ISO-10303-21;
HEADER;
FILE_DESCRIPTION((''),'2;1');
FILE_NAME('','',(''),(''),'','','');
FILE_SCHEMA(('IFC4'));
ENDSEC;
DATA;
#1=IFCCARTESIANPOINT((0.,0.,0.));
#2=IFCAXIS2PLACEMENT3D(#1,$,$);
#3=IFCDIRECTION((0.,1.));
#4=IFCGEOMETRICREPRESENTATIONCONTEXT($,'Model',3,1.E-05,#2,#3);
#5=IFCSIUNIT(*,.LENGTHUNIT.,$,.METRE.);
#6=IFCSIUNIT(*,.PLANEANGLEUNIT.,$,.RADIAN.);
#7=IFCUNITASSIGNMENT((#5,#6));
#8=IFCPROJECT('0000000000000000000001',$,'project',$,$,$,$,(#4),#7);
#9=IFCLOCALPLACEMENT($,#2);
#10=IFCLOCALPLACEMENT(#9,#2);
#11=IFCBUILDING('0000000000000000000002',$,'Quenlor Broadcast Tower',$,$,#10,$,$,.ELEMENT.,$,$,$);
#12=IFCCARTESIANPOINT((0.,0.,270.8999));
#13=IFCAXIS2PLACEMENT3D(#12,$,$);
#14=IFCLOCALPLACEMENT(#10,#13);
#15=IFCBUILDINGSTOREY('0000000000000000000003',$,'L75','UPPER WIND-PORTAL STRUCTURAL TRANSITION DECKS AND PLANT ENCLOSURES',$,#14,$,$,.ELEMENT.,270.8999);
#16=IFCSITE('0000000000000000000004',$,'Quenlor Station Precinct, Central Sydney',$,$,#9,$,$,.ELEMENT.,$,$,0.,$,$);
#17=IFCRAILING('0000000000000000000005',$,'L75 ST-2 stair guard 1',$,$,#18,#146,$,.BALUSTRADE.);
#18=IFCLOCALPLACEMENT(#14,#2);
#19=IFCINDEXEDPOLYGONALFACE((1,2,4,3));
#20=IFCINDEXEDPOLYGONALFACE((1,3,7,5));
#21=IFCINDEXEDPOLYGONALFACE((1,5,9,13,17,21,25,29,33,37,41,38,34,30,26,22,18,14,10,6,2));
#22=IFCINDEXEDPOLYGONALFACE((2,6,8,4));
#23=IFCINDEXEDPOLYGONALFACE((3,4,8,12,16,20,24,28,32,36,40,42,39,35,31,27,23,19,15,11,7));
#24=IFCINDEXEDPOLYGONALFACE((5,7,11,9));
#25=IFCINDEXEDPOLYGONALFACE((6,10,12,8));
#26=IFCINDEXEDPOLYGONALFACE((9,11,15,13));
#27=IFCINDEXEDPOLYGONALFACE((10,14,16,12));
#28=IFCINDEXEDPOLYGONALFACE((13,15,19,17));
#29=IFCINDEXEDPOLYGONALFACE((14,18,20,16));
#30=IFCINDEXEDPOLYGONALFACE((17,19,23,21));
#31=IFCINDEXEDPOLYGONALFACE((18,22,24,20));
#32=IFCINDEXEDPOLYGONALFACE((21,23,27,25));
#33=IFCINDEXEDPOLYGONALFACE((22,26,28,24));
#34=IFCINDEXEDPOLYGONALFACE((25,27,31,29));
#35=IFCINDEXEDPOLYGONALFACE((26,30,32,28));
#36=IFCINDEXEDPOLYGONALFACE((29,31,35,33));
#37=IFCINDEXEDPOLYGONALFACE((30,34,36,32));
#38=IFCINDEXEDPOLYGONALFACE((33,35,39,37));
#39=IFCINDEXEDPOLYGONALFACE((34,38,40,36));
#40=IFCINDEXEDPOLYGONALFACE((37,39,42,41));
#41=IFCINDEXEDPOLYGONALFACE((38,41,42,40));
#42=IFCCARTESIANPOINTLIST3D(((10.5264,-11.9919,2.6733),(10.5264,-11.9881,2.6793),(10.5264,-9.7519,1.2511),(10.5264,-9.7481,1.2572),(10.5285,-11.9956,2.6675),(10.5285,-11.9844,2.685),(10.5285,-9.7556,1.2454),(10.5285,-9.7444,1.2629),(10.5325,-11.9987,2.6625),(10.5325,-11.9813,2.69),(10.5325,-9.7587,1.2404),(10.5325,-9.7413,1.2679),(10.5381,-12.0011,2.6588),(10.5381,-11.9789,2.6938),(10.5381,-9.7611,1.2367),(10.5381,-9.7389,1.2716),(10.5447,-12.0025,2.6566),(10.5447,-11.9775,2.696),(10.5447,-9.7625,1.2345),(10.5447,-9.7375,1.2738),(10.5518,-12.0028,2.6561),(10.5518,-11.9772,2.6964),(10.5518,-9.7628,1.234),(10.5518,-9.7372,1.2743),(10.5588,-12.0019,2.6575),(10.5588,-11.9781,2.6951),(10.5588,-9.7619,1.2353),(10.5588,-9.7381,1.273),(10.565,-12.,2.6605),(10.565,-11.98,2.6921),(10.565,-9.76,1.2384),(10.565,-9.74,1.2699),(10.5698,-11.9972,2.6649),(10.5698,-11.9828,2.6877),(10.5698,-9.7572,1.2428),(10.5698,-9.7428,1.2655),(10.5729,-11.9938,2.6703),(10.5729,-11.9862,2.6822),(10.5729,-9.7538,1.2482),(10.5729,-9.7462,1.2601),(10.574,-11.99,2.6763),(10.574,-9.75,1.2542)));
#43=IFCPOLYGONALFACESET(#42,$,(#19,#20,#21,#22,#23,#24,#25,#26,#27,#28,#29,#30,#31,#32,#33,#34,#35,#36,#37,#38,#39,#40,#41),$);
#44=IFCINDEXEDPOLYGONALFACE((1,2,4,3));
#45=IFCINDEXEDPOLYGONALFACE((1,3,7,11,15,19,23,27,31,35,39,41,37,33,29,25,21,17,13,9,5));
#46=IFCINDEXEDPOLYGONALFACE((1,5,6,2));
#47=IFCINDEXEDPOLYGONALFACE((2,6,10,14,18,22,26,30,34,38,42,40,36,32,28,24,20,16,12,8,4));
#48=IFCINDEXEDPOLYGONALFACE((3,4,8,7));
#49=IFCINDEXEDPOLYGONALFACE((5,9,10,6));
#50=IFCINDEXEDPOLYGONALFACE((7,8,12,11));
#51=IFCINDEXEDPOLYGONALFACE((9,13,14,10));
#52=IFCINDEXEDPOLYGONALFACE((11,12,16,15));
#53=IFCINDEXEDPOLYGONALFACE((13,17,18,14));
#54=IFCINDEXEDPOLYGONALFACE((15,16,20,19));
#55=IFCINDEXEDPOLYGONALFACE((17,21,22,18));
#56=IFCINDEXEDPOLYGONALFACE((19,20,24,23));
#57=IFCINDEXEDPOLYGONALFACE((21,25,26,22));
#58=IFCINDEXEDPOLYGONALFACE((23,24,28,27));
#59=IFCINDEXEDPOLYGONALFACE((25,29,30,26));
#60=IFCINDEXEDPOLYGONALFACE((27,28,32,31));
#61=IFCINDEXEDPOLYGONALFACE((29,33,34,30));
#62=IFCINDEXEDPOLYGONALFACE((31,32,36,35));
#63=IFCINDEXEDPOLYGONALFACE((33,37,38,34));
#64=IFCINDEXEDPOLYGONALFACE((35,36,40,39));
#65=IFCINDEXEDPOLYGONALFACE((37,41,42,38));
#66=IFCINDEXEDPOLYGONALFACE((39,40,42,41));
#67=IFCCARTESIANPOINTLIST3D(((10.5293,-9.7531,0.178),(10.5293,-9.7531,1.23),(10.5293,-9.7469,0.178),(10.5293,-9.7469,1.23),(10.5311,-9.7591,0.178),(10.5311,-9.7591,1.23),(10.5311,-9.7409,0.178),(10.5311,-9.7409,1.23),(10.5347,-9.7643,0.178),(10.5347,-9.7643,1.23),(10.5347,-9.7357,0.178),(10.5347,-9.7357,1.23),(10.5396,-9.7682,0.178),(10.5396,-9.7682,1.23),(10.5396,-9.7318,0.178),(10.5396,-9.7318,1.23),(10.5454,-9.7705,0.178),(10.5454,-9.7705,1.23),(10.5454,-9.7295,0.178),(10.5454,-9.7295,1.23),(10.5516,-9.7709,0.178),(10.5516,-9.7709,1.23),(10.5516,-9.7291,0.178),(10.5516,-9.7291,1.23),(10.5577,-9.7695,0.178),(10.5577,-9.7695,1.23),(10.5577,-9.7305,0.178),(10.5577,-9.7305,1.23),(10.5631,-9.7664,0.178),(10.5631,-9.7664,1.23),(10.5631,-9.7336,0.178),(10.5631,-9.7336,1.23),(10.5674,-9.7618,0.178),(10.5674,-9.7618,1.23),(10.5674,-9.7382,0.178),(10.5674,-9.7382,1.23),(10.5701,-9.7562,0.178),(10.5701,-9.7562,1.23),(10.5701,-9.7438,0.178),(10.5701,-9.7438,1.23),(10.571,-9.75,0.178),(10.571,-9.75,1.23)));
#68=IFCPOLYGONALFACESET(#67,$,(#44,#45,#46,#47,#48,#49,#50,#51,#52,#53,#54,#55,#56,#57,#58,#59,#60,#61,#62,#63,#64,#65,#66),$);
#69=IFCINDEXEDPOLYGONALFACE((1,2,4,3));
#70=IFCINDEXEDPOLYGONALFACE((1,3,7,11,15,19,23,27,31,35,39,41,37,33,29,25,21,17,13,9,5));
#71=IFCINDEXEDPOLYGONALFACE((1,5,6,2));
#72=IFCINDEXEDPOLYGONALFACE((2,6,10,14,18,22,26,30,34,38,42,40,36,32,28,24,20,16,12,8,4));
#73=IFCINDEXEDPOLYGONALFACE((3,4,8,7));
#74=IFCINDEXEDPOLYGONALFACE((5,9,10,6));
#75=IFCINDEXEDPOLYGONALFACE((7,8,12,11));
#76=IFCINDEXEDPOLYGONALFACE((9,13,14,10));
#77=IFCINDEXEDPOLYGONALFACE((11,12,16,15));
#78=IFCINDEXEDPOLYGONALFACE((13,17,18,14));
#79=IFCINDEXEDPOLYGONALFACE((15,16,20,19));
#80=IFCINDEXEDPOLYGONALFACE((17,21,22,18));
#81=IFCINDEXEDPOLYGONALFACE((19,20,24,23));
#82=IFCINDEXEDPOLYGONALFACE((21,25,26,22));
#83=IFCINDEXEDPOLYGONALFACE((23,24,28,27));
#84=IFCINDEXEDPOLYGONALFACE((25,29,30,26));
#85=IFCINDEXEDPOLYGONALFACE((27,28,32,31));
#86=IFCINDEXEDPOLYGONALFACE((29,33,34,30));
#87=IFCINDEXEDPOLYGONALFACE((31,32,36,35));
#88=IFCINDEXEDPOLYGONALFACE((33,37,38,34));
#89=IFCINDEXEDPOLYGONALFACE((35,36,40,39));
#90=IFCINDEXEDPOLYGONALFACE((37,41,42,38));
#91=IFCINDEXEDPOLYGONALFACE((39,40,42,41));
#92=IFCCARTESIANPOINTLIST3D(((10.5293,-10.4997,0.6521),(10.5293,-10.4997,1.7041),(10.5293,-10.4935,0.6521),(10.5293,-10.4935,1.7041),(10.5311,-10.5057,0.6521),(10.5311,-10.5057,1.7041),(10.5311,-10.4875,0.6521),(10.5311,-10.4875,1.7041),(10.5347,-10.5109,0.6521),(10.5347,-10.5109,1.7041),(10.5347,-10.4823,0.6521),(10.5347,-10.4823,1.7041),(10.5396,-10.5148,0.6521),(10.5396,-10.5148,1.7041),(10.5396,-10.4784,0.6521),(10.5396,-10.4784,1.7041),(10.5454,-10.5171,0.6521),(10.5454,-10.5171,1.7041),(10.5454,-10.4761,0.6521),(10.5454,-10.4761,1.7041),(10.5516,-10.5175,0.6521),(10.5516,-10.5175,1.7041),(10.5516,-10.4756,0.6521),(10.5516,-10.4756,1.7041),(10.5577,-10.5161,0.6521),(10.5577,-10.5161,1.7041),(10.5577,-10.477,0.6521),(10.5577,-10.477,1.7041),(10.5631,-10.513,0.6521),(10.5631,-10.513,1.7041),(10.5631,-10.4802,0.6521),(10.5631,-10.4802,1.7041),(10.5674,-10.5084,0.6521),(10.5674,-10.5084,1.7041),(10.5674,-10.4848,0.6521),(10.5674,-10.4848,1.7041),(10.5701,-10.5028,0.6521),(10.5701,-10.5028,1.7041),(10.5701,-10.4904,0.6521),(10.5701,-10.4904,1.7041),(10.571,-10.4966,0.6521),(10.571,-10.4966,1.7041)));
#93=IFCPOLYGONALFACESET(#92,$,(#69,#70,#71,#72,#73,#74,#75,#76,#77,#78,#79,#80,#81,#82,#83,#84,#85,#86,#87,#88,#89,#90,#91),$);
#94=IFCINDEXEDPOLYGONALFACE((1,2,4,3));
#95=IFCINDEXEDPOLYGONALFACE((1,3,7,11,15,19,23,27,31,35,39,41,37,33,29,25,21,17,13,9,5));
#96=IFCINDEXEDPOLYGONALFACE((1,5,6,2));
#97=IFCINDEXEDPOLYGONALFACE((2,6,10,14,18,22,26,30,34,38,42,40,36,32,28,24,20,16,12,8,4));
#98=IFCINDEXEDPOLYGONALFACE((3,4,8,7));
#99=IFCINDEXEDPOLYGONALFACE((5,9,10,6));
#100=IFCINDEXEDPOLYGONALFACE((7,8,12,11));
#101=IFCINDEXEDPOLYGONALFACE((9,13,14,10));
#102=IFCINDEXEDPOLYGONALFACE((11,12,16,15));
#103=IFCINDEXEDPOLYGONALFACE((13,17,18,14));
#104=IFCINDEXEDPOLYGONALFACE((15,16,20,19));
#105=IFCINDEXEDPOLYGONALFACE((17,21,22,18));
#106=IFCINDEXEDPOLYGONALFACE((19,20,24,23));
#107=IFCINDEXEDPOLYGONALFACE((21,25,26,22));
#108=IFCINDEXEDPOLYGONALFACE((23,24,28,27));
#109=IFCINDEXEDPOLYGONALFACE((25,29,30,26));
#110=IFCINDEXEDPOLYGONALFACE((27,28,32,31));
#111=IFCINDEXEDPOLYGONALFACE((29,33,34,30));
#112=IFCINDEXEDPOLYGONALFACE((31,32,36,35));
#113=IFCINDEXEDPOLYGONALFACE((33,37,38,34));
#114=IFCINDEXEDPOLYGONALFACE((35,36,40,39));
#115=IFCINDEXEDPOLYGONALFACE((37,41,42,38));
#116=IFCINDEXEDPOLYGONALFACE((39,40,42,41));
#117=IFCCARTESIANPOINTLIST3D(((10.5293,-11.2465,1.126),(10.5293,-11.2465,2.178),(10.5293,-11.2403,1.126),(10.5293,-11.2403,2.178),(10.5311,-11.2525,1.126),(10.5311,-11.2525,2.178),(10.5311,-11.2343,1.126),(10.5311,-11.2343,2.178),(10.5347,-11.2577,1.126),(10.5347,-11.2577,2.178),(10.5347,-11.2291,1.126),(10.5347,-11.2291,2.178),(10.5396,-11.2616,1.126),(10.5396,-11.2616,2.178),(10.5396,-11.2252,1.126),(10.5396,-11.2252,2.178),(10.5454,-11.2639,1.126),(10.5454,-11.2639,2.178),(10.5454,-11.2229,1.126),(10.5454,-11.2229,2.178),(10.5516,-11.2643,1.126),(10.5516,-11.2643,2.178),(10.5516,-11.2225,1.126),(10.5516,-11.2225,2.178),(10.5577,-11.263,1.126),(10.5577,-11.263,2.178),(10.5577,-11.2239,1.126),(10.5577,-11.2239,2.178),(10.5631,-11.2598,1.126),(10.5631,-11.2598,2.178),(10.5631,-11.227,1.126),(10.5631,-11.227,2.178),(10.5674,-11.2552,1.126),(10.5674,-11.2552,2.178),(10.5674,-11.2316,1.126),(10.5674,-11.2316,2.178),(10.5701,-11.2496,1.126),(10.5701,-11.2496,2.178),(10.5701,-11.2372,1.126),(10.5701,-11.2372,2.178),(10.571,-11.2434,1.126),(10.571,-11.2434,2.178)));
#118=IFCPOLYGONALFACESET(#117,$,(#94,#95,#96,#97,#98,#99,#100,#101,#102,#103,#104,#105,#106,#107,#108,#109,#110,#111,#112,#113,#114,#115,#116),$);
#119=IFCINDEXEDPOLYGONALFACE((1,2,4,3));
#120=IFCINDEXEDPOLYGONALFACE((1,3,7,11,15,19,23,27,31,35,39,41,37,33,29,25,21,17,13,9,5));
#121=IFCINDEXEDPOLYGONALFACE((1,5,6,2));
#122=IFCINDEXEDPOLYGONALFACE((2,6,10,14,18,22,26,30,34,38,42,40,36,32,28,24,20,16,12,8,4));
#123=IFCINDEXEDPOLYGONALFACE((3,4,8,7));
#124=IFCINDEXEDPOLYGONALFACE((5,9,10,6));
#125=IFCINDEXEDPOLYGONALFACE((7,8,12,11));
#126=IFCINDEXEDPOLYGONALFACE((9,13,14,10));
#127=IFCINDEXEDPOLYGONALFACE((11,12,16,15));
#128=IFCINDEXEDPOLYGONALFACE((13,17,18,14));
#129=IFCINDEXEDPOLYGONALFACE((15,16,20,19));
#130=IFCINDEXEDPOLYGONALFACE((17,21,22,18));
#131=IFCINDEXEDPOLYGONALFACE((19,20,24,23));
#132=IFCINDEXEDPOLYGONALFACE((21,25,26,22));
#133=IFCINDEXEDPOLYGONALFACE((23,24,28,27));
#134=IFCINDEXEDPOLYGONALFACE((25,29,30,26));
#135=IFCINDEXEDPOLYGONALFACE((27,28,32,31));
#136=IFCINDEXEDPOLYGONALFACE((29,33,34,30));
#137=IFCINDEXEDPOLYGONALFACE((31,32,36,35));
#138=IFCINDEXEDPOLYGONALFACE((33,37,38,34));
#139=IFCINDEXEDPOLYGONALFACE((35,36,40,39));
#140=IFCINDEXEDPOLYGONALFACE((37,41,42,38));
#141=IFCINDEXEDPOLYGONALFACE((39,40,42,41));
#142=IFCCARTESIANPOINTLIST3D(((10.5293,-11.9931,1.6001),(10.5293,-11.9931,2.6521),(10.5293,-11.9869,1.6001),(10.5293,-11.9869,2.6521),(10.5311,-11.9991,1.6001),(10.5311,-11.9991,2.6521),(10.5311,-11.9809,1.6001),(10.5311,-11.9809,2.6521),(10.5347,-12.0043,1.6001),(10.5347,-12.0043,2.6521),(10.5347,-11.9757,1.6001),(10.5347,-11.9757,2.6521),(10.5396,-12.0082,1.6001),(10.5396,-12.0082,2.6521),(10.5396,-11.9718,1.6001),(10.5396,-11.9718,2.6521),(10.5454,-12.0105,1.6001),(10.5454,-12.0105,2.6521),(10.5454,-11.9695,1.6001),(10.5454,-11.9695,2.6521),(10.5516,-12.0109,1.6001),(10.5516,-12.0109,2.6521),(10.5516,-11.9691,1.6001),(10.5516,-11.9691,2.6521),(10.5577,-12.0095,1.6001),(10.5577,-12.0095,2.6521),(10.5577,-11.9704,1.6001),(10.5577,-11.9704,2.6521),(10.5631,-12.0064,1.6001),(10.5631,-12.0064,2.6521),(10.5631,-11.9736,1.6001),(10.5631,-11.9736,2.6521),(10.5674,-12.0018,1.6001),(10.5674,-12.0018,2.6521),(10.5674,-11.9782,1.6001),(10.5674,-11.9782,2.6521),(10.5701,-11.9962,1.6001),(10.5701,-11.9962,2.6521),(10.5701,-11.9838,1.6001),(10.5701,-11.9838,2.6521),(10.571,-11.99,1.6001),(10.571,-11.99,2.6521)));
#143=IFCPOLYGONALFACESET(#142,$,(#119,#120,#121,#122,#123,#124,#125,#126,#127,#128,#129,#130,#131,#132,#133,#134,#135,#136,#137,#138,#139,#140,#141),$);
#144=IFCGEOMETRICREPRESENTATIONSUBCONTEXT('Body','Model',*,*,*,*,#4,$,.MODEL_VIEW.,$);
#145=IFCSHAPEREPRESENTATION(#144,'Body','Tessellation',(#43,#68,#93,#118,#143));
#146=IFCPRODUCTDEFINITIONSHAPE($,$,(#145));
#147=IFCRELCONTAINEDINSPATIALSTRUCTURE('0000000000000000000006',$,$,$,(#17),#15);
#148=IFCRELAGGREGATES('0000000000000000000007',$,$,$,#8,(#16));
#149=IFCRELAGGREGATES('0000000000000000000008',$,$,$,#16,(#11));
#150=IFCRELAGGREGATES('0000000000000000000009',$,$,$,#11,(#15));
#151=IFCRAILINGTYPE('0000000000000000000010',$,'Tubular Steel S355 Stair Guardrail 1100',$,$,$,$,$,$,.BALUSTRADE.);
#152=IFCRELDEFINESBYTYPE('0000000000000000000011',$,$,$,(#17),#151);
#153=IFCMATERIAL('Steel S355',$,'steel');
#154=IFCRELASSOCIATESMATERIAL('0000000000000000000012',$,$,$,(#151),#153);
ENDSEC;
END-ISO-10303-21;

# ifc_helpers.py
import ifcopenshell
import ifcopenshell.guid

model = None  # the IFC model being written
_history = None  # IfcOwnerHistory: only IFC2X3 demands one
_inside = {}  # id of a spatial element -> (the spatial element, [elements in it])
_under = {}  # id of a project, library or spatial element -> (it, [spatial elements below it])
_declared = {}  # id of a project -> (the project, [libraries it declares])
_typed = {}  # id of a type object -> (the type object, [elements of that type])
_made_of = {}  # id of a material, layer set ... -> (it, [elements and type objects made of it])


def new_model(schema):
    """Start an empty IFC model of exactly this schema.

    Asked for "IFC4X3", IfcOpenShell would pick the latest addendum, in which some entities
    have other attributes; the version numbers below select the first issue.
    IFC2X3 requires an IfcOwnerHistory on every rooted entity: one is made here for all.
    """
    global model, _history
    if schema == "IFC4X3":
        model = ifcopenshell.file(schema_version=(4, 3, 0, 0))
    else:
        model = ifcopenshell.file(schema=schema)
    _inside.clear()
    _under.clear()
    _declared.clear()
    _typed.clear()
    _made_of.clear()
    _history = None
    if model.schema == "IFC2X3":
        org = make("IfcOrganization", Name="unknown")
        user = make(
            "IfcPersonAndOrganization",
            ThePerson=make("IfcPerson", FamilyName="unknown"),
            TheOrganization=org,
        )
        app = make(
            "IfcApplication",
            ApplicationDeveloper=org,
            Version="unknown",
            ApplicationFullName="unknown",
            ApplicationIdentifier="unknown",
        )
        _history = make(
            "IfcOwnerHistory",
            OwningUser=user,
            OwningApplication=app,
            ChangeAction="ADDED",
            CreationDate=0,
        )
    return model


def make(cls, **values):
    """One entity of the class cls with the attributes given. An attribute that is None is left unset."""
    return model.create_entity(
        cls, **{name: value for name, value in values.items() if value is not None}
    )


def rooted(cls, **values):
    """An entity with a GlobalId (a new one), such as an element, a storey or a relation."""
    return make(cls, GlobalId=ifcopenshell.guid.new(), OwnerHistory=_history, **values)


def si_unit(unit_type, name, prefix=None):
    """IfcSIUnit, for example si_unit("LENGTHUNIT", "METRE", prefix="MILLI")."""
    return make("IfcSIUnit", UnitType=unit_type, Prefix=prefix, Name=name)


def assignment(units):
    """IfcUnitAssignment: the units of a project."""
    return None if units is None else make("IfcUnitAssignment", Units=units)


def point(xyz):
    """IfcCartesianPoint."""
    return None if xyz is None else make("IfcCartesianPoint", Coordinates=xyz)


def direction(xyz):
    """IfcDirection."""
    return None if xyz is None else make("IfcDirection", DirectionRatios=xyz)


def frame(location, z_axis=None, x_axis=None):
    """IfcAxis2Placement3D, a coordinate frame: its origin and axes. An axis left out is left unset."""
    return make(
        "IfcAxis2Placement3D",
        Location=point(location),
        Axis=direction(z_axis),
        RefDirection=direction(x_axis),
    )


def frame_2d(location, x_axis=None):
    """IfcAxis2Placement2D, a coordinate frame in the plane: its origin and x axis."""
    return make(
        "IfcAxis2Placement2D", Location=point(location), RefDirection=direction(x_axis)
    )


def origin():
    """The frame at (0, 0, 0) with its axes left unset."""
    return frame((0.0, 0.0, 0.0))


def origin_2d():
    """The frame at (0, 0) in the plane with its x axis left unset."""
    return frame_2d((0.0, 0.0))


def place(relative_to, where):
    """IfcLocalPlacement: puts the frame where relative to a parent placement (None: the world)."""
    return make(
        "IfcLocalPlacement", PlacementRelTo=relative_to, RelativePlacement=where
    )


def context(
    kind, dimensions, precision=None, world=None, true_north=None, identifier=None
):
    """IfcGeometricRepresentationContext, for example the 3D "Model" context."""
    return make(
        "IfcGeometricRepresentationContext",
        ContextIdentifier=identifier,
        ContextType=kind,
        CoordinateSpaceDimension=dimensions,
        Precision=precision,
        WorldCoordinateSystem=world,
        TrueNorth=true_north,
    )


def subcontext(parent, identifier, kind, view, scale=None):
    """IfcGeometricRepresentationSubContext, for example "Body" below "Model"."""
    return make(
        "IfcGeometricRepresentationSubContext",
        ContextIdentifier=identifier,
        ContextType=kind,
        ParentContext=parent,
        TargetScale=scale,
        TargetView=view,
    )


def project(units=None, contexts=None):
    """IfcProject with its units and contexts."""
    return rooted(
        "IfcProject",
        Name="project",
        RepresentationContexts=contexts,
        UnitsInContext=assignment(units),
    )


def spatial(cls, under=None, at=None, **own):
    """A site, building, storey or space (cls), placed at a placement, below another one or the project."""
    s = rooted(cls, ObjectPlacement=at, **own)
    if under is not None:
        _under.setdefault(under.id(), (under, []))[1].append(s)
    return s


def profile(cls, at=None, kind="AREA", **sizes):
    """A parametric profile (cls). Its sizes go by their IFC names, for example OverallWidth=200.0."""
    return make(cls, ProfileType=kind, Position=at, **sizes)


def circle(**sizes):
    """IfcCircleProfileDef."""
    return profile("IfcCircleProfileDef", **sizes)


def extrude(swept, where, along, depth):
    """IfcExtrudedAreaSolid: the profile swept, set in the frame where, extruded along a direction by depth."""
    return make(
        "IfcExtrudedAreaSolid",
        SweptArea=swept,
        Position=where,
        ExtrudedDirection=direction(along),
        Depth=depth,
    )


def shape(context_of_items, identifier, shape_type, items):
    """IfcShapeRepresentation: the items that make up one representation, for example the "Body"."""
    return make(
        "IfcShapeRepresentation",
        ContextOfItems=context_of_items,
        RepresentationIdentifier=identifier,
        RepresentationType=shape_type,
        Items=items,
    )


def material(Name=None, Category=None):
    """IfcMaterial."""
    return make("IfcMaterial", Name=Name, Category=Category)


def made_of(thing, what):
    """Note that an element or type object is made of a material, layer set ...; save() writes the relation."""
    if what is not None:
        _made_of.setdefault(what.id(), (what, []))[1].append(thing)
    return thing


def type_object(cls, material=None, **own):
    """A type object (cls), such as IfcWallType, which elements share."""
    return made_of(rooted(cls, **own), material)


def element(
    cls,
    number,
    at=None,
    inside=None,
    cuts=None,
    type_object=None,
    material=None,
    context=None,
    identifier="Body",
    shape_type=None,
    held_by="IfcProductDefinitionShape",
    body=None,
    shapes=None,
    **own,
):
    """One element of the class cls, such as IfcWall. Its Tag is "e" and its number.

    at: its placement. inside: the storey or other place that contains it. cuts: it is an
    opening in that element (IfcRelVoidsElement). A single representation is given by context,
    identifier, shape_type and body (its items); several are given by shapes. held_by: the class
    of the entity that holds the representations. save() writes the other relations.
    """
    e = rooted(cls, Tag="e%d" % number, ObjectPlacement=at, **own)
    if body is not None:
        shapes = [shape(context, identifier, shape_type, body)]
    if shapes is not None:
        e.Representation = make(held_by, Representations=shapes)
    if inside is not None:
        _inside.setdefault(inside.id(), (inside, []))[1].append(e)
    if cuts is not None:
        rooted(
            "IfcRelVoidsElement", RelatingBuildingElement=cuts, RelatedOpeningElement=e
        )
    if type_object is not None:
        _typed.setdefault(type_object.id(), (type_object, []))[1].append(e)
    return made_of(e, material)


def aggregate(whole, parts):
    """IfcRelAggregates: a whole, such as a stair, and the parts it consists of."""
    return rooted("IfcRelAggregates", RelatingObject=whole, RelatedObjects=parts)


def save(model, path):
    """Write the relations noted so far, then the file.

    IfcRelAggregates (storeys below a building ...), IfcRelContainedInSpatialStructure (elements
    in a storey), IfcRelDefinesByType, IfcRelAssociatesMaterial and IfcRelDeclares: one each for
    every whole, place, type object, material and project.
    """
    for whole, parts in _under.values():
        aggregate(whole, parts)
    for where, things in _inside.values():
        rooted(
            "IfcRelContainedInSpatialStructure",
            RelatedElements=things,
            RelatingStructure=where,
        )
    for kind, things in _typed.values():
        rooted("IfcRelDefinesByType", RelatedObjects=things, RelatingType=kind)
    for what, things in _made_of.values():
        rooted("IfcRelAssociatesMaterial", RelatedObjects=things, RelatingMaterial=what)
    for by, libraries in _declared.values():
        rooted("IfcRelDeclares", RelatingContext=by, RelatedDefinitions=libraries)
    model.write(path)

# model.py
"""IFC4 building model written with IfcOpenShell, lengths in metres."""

from ifc_helpers import new_model, si_unit, direction, frame, origin, origin_2d, place, context, subcontext, project, spatial, circle, extrude, material, type_object, element, save


model = new_model("IFC4")

# Units and contexts
model_context = context("Model", 3, precision=1e-05, world=origin(), true_north=direction((0.0, 1.0)))
body_context = subcontext(model_context, "Body", "Model", "MODEL_VIEW")
ifc_project = project(units=[si_unit("LENGTHUNIT", "METRE"), si_unit("PLANEANGLEUNIT", "RADIAN")], contexts=[model_context])

# Site, building, storey
site_placement = place(None, origin())
site = spatial("IfcSite", under=ifc_project, at=site_placement, Name="Quenlor Station Precinct, Central Sydney", CompositionType="ELEMENT", RefElevation=0.0)
building_placement = place(site_placement, origin())
building = spatial("IfcBuilding", under=site, at=building_placement, Name="Quenlor Broadcast Tower", CompositionType="ELEMENT")
storey_placement = place(building_placement, frame((0.0, 0.0, 270.8999)))
storey = spatial("IfcBuildingStorey", under=building, at=storey_placement, Name="L75", Description="UPPER WIND-PORTAL STRUCTURAL TRANSITION DECKS AND PLANT ENCLOSURES", CompositionType="ELEMENT", Elevation=270.8999)

# Railing
ifc_material_1 = material(Name="Steel S355", Category="steel")
railing_type_1 = type_object("IfcRailingType", Name="Tubular Steel S355 Stair Guardrail 1100", PredefinedType="BALUSTRADE", material=ifc_material_1)
railing_1_placement = place(storey_placement, frame((10.55, -9.75, 0.178)))
element("IfcRailing", 1, at=railing_1_placement, inside=storey, type_object=railing_type_1, Name="L75 ST-2 stair guard 1", PredefinedType="BALUSTRADE", context=body_context, shape_type="SweptSolid", body=[
    extrude(circle(Radius=0.0239, at=origin_2d()), frame((0.0, 0.0, 1.0762), z_axis=(0.0, -0.844229, 0.535982), x_axis=(1.0, 0.0, 0.0)), (0.0, 0.0, 1.0), 2.6533),
    extrude(circle(Radius=0.021, at=origin_2d()), origin(), (0.0, 0.0, 1.0), 1.052),
    extrude(circle(Radius=0.021, at=origin_2d()), frame((0.0, -0.7466, 0.4741)), (0.0, 0.0, 1.0), 1.052),
    extrude(circle(Radius=0.021, at=origin_2d()), frame((0.0, -1.4934, 0.948)), (0.0, 0.0, 1.0), 1.052),
    extrude(circle(Radius=0.021, at=origin_2d()), frame((0.0, -2.24, 1.4221)), (0.0, 0.0, 1.0), 1.052),
])

save(model, "model.ifc")
